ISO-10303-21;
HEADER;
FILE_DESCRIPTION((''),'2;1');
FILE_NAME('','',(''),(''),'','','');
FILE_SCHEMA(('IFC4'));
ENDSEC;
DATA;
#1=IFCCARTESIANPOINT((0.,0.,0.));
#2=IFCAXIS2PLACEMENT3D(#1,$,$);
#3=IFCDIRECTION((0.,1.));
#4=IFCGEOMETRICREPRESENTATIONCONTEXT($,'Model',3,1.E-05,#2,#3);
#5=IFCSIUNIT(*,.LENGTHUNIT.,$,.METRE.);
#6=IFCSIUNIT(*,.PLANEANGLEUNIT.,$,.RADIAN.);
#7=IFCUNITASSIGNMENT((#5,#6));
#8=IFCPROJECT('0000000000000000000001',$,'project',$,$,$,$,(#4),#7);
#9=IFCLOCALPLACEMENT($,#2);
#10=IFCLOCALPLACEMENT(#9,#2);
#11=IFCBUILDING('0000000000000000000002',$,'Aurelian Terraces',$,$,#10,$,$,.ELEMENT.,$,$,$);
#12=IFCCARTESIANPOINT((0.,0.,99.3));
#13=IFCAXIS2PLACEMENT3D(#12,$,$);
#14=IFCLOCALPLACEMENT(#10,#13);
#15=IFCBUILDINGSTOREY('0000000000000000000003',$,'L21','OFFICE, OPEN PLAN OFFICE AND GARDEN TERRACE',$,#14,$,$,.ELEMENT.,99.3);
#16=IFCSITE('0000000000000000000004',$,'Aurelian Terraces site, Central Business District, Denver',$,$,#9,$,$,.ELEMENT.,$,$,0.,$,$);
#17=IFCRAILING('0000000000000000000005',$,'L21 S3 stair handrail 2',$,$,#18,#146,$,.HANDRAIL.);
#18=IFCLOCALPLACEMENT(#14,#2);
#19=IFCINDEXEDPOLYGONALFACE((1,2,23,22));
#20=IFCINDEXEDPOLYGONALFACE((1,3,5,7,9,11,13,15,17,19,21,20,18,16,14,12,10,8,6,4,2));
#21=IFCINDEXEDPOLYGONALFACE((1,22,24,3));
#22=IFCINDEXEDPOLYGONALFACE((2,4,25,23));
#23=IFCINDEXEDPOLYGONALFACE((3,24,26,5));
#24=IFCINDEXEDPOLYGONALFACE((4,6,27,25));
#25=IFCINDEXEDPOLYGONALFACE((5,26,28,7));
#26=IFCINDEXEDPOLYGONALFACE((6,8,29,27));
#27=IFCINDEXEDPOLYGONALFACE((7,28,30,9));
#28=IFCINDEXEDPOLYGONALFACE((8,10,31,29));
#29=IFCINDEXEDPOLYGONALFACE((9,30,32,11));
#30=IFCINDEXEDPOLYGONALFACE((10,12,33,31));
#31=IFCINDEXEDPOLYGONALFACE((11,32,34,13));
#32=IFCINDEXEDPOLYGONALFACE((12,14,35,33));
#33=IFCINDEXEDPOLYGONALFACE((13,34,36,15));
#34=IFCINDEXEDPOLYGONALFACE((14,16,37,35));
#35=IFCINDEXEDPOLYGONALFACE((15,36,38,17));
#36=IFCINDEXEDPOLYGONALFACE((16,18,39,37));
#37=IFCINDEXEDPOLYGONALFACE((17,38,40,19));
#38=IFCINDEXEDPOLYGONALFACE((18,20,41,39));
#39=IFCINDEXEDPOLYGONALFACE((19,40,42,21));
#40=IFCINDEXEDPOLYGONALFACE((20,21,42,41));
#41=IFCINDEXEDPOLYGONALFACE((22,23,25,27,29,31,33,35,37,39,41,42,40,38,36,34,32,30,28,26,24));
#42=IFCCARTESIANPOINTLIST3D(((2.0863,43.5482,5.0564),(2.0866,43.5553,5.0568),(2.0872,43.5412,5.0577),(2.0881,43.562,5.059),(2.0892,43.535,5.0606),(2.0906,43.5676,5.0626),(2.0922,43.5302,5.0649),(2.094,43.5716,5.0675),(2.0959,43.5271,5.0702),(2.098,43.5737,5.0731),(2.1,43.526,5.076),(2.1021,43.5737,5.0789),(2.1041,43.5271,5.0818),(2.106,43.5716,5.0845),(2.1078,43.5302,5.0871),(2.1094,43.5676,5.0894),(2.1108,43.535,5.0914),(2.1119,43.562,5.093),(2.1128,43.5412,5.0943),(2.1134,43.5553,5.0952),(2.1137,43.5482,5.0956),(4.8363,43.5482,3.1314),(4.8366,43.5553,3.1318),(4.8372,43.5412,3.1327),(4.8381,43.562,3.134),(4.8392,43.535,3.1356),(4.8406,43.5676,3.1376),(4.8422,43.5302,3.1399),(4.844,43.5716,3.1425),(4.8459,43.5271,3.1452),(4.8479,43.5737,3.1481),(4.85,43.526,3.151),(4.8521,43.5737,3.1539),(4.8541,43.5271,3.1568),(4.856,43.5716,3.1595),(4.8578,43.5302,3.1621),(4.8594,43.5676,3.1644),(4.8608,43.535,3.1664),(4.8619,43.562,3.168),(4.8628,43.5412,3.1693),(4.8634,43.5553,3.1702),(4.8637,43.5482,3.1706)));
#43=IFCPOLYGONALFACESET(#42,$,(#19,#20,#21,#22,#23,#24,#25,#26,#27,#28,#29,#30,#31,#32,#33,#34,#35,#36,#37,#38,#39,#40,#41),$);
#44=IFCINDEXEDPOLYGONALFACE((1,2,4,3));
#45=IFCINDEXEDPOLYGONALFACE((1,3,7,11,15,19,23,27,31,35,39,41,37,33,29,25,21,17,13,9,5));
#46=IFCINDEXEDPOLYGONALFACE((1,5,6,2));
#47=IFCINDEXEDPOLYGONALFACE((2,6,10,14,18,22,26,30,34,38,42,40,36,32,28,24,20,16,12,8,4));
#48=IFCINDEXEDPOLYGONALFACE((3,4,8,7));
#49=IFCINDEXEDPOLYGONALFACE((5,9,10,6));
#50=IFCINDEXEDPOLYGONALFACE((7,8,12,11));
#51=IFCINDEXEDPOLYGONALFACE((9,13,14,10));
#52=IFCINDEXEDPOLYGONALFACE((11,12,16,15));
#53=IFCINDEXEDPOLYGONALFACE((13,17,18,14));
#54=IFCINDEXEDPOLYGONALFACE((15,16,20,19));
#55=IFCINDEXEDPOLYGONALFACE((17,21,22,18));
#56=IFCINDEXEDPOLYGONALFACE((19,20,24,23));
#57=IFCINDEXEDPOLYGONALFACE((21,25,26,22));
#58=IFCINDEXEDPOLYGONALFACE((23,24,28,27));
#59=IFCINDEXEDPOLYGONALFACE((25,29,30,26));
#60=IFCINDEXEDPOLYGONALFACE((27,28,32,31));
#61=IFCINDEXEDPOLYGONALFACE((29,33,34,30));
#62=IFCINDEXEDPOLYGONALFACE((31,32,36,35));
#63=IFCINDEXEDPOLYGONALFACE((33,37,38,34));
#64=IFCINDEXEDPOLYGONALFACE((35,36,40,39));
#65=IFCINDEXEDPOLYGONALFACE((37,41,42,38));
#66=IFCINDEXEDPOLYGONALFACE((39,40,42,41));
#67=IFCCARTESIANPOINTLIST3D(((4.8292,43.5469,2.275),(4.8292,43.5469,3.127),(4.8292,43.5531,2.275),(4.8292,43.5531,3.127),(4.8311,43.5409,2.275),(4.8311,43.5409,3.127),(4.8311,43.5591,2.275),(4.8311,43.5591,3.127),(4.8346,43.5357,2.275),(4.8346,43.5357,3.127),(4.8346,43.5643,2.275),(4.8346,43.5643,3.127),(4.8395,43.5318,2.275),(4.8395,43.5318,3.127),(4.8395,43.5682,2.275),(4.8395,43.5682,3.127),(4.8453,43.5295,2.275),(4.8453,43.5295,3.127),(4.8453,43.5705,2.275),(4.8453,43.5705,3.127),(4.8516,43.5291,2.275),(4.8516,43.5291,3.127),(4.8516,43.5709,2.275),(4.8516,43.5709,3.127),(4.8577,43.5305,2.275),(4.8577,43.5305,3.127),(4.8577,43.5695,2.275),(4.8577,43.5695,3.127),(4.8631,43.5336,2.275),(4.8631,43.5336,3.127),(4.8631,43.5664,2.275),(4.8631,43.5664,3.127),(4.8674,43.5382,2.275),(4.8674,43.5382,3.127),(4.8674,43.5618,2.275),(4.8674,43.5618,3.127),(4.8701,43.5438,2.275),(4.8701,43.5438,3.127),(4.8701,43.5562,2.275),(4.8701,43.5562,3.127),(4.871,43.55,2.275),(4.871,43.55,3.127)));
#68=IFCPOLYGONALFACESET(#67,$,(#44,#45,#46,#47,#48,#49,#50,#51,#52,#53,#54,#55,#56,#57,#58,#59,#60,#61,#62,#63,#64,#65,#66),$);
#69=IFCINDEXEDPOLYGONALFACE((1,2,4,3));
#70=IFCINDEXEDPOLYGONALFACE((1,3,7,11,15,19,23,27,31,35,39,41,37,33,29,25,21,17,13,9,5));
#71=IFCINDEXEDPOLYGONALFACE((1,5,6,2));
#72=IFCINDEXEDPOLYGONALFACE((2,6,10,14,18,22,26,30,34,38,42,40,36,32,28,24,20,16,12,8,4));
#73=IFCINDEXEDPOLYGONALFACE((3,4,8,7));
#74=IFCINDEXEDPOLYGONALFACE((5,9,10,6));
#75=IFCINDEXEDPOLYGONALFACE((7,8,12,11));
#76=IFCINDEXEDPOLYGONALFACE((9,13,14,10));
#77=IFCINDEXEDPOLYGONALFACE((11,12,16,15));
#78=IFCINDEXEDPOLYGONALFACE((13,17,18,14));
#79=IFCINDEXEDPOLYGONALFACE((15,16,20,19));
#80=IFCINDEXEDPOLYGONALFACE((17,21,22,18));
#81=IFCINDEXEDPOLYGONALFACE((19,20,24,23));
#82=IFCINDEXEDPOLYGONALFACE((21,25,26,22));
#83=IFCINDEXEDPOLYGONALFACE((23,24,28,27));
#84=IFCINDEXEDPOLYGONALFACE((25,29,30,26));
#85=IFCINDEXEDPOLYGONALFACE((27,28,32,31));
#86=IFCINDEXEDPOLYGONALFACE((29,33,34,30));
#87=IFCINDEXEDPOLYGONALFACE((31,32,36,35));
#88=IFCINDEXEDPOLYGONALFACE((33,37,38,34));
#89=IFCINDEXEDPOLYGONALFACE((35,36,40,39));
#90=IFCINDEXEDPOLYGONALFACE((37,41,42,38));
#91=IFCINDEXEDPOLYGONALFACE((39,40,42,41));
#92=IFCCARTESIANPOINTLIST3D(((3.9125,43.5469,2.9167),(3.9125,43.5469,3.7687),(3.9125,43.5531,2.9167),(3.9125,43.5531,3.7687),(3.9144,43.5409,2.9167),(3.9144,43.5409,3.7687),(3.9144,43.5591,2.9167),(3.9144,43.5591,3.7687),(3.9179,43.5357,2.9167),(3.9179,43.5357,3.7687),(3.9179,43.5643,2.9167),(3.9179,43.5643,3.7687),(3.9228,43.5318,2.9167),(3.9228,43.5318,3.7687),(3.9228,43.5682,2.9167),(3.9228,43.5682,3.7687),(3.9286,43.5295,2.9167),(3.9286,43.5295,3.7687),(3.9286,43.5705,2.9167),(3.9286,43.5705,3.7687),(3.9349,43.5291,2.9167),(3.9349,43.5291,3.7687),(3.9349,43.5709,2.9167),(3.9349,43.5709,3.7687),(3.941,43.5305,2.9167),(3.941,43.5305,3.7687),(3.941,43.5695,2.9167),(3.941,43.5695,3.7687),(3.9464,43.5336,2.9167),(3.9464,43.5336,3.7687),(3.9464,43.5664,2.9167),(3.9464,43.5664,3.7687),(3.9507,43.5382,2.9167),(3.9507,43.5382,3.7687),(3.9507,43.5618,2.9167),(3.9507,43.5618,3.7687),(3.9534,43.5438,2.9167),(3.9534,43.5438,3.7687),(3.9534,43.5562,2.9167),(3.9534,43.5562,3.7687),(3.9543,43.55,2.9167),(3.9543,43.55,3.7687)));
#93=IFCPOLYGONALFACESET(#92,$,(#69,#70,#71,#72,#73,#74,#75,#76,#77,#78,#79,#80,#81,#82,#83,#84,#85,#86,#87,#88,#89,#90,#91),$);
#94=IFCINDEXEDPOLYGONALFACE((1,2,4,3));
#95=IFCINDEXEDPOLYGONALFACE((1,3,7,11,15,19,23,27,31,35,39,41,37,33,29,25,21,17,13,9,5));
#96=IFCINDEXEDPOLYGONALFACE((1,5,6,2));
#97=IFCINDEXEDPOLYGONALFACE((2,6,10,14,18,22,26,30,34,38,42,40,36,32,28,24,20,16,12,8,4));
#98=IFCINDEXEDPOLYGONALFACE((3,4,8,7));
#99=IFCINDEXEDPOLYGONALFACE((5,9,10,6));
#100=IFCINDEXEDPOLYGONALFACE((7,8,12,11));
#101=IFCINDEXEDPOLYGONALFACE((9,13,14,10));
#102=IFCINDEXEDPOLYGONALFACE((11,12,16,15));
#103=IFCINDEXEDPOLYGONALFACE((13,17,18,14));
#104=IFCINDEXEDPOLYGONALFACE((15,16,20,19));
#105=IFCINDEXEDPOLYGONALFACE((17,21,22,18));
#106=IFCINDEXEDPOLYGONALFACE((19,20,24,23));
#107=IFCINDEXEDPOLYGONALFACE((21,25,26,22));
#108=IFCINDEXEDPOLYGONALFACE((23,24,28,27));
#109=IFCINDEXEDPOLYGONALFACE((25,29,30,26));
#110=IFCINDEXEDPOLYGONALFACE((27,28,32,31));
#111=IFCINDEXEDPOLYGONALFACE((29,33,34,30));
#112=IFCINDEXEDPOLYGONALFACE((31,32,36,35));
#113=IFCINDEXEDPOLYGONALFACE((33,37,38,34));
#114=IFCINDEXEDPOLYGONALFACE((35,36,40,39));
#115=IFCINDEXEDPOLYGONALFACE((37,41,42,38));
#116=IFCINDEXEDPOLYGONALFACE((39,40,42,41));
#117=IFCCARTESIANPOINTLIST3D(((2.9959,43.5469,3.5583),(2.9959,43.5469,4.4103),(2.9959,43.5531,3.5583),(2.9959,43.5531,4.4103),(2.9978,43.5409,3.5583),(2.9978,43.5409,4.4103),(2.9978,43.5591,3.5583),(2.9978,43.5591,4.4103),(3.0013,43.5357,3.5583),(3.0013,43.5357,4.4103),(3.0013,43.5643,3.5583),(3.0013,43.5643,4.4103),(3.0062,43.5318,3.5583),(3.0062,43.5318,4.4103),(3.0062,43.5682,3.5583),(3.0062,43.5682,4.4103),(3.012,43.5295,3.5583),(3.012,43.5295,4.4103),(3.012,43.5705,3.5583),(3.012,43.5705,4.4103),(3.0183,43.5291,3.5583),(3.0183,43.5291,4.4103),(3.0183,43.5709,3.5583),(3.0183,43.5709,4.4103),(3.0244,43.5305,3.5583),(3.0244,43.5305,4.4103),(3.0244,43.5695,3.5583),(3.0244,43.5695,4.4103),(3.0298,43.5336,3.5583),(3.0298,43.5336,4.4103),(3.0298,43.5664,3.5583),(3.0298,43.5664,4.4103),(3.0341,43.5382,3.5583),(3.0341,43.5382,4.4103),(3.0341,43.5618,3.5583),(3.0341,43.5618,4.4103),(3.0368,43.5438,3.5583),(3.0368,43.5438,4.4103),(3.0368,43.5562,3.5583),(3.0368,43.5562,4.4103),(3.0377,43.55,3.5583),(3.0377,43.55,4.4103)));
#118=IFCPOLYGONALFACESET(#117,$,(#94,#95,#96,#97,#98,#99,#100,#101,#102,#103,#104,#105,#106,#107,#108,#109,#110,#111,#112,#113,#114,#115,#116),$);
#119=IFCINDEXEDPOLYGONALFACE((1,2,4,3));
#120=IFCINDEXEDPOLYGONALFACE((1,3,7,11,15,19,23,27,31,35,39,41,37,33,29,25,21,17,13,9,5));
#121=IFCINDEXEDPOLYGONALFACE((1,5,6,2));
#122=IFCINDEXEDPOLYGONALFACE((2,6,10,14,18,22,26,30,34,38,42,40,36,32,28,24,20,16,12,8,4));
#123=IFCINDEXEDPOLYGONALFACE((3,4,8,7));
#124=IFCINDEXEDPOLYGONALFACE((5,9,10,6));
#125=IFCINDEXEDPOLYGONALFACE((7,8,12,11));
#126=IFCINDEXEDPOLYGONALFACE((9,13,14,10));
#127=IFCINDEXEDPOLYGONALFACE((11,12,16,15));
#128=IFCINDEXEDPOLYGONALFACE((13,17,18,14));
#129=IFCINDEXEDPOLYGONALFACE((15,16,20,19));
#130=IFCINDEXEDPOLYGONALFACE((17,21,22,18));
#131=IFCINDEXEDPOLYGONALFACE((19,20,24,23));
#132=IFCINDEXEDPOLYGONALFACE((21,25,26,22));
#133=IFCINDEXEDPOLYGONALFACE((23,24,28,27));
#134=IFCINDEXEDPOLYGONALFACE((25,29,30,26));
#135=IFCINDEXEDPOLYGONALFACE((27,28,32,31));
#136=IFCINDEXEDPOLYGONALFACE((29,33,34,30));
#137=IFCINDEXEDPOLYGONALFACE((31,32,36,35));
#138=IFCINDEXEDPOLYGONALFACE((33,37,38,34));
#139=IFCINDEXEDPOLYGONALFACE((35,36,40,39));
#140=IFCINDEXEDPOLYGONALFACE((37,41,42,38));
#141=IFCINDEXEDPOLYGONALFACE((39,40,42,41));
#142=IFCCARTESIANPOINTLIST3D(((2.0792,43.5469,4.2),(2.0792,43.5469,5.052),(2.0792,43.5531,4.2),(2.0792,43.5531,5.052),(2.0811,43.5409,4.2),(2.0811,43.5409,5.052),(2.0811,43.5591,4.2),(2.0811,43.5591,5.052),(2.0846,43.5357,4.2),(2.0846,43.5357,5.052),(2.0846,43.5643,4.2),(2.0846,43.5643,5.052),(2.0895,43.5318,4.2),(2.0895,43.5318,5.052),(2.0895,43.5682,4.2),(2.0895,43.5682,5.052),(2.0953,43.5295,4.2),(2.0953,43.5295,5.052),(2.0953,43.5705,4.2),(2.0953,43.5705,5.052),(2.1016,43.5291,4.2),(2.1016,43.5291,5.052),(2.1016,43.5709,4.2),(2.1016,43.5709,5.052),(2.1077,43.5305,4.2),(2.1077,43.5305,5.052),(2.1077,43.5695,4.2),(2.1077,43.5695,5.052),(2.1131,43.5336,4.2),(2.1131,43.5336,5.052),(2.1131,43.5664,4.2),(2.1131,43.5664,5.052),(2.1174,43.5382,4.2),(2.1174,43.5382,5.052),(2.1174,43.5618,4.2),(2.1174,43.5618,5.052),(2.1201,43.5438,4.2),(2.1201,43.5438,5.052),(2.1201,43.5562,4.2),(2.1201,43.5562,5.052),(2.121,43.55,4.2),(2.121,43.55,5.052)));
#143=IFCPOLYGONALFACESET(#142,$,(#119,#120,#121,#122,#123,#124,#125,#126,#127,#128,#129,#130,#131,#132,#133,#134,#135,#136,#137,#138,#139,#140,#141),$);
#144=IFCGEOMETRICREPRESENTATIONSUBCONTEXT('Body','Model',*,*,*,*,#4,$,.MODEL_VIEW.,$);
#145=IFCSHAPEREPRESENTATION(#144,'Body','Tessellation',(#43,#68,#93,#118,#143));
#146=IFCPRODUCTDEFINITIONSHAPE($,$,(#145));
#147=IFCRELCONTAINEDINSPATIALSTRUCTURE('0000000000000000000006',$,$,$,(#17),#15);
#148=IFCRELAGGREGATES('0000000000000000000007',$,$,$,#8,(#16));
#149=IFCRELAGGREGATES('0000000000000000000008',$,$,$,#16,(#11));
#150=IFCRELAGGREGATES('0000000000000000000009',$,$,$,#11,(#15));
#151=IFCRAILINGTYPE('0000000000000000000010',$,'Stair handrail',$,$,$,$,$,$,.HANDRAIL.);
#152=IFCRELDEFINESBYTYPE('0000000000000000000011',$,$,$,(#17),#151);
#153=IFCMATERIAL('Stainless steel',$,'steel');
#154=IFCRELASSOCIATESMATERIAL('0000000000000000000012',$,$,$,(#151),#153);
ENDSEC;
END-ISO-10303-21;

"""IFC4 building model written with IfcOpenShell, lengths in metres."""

from ifc_helpers import new_model, si_unit, direction, frame, origin, origin_2d, place, context, subcontext, project, spatial, circle, extrude, source, transform, mapped, material, type_object, element, save


model = new_model("IFC4")

# Units and contexts
model_context = context("Model", 3, precision=1e-05, world=origin(), true_north=direction((0.0, 1.0)))
body_context = subcontext(model_context, "Body", "Model", "MODEL_VIEW")
ifc_project = project(units=[si_unit("LENGTHUNIT", "METRE"), si_unit("PLANEANGLEUNIT", "RADIAN")], contexts=[model_context])

# Site, building, storey
site_placement = place(None, origin())
site = spatial("IfcSite", under=ifc_project, at=site_placement, Name="Aurelian Terraces site, Central Business District, Denver", CompositionType="ELEMENT", RefElevation=0.0)
building_placement = place(site_placement, origin())
building = spatial("IfcBuilding", under=site, at=building_placement, Name="Aurelian Terraces", CompositionType="ELEMENT")
storey_placement = place(building_placement, frame((0.0, 0.0, 99.3)))
storey = spatial("IfcBuildingStorey", under=building, at=storey_placement, Name="L21", Description="OFFICE, OPEN PLAN OFFICE AND GARDEN TERRACE", CompositionType="ELEMENT", Elevation=99.3)

# Railing
ifc_material_1 = material(Name="Stainless steel", Category="steel")
railing_type_1 = type_object("IfcRailingType", Name="Stair handrail", PredefinedType="HANDRAIL", material=ifc_material_1)
shared_shape_1 = source(origin(), body_context, "Body", "SweptSolid", [
    extrude(circle(Radius=0.024, at=origin_2d()), frame((0.0, 0.0, 0.876), z_axis=(-0.819232, 0.0, 0.573462), x_axis=(0.0, -1.0, 0.0)), (0.0, 0.0, 1.0), 3.3568),
    extrude(circle(Radius=0.021, at=origin_2d()), origin(), (0.0, 0.0, 1.0), 0.852),
    extrude(circle(Radius=0.021, at=origin_2d()), frame((-0.9167, 0.0, 0.6417)), (0.0, 0.0, 1.0), 0.852),
    extrude(circle(Radius=0.021, at=origin_2d()), frame((-1.8333, 0.0, 1.2833)), (0.0, 0.0, 1.0), 0.852),
    extrude(circle(Radius=0.021, at=origin_2d()), frame((-2.75, 0.0, 1.925)), (0.0, 0.0, 1.0), 0.852),
])
railing_1_placement = place(storey_placement, frame((4.85, 43.55, 2.275)))
element("IfcRailing", 1, at=railing_1_placement, inside=storey, type_object=railing_type_1, Name="L21 S3 stair handrail 2", PredefinedType="HANDRAIL", context=body_context, shape_type="MappedRepresentation", body=[
    mapped(shared_shape_1, transform((0.0, 0.0, 0.0), scale=1.0)),
])

save(model, "model.ifc")
